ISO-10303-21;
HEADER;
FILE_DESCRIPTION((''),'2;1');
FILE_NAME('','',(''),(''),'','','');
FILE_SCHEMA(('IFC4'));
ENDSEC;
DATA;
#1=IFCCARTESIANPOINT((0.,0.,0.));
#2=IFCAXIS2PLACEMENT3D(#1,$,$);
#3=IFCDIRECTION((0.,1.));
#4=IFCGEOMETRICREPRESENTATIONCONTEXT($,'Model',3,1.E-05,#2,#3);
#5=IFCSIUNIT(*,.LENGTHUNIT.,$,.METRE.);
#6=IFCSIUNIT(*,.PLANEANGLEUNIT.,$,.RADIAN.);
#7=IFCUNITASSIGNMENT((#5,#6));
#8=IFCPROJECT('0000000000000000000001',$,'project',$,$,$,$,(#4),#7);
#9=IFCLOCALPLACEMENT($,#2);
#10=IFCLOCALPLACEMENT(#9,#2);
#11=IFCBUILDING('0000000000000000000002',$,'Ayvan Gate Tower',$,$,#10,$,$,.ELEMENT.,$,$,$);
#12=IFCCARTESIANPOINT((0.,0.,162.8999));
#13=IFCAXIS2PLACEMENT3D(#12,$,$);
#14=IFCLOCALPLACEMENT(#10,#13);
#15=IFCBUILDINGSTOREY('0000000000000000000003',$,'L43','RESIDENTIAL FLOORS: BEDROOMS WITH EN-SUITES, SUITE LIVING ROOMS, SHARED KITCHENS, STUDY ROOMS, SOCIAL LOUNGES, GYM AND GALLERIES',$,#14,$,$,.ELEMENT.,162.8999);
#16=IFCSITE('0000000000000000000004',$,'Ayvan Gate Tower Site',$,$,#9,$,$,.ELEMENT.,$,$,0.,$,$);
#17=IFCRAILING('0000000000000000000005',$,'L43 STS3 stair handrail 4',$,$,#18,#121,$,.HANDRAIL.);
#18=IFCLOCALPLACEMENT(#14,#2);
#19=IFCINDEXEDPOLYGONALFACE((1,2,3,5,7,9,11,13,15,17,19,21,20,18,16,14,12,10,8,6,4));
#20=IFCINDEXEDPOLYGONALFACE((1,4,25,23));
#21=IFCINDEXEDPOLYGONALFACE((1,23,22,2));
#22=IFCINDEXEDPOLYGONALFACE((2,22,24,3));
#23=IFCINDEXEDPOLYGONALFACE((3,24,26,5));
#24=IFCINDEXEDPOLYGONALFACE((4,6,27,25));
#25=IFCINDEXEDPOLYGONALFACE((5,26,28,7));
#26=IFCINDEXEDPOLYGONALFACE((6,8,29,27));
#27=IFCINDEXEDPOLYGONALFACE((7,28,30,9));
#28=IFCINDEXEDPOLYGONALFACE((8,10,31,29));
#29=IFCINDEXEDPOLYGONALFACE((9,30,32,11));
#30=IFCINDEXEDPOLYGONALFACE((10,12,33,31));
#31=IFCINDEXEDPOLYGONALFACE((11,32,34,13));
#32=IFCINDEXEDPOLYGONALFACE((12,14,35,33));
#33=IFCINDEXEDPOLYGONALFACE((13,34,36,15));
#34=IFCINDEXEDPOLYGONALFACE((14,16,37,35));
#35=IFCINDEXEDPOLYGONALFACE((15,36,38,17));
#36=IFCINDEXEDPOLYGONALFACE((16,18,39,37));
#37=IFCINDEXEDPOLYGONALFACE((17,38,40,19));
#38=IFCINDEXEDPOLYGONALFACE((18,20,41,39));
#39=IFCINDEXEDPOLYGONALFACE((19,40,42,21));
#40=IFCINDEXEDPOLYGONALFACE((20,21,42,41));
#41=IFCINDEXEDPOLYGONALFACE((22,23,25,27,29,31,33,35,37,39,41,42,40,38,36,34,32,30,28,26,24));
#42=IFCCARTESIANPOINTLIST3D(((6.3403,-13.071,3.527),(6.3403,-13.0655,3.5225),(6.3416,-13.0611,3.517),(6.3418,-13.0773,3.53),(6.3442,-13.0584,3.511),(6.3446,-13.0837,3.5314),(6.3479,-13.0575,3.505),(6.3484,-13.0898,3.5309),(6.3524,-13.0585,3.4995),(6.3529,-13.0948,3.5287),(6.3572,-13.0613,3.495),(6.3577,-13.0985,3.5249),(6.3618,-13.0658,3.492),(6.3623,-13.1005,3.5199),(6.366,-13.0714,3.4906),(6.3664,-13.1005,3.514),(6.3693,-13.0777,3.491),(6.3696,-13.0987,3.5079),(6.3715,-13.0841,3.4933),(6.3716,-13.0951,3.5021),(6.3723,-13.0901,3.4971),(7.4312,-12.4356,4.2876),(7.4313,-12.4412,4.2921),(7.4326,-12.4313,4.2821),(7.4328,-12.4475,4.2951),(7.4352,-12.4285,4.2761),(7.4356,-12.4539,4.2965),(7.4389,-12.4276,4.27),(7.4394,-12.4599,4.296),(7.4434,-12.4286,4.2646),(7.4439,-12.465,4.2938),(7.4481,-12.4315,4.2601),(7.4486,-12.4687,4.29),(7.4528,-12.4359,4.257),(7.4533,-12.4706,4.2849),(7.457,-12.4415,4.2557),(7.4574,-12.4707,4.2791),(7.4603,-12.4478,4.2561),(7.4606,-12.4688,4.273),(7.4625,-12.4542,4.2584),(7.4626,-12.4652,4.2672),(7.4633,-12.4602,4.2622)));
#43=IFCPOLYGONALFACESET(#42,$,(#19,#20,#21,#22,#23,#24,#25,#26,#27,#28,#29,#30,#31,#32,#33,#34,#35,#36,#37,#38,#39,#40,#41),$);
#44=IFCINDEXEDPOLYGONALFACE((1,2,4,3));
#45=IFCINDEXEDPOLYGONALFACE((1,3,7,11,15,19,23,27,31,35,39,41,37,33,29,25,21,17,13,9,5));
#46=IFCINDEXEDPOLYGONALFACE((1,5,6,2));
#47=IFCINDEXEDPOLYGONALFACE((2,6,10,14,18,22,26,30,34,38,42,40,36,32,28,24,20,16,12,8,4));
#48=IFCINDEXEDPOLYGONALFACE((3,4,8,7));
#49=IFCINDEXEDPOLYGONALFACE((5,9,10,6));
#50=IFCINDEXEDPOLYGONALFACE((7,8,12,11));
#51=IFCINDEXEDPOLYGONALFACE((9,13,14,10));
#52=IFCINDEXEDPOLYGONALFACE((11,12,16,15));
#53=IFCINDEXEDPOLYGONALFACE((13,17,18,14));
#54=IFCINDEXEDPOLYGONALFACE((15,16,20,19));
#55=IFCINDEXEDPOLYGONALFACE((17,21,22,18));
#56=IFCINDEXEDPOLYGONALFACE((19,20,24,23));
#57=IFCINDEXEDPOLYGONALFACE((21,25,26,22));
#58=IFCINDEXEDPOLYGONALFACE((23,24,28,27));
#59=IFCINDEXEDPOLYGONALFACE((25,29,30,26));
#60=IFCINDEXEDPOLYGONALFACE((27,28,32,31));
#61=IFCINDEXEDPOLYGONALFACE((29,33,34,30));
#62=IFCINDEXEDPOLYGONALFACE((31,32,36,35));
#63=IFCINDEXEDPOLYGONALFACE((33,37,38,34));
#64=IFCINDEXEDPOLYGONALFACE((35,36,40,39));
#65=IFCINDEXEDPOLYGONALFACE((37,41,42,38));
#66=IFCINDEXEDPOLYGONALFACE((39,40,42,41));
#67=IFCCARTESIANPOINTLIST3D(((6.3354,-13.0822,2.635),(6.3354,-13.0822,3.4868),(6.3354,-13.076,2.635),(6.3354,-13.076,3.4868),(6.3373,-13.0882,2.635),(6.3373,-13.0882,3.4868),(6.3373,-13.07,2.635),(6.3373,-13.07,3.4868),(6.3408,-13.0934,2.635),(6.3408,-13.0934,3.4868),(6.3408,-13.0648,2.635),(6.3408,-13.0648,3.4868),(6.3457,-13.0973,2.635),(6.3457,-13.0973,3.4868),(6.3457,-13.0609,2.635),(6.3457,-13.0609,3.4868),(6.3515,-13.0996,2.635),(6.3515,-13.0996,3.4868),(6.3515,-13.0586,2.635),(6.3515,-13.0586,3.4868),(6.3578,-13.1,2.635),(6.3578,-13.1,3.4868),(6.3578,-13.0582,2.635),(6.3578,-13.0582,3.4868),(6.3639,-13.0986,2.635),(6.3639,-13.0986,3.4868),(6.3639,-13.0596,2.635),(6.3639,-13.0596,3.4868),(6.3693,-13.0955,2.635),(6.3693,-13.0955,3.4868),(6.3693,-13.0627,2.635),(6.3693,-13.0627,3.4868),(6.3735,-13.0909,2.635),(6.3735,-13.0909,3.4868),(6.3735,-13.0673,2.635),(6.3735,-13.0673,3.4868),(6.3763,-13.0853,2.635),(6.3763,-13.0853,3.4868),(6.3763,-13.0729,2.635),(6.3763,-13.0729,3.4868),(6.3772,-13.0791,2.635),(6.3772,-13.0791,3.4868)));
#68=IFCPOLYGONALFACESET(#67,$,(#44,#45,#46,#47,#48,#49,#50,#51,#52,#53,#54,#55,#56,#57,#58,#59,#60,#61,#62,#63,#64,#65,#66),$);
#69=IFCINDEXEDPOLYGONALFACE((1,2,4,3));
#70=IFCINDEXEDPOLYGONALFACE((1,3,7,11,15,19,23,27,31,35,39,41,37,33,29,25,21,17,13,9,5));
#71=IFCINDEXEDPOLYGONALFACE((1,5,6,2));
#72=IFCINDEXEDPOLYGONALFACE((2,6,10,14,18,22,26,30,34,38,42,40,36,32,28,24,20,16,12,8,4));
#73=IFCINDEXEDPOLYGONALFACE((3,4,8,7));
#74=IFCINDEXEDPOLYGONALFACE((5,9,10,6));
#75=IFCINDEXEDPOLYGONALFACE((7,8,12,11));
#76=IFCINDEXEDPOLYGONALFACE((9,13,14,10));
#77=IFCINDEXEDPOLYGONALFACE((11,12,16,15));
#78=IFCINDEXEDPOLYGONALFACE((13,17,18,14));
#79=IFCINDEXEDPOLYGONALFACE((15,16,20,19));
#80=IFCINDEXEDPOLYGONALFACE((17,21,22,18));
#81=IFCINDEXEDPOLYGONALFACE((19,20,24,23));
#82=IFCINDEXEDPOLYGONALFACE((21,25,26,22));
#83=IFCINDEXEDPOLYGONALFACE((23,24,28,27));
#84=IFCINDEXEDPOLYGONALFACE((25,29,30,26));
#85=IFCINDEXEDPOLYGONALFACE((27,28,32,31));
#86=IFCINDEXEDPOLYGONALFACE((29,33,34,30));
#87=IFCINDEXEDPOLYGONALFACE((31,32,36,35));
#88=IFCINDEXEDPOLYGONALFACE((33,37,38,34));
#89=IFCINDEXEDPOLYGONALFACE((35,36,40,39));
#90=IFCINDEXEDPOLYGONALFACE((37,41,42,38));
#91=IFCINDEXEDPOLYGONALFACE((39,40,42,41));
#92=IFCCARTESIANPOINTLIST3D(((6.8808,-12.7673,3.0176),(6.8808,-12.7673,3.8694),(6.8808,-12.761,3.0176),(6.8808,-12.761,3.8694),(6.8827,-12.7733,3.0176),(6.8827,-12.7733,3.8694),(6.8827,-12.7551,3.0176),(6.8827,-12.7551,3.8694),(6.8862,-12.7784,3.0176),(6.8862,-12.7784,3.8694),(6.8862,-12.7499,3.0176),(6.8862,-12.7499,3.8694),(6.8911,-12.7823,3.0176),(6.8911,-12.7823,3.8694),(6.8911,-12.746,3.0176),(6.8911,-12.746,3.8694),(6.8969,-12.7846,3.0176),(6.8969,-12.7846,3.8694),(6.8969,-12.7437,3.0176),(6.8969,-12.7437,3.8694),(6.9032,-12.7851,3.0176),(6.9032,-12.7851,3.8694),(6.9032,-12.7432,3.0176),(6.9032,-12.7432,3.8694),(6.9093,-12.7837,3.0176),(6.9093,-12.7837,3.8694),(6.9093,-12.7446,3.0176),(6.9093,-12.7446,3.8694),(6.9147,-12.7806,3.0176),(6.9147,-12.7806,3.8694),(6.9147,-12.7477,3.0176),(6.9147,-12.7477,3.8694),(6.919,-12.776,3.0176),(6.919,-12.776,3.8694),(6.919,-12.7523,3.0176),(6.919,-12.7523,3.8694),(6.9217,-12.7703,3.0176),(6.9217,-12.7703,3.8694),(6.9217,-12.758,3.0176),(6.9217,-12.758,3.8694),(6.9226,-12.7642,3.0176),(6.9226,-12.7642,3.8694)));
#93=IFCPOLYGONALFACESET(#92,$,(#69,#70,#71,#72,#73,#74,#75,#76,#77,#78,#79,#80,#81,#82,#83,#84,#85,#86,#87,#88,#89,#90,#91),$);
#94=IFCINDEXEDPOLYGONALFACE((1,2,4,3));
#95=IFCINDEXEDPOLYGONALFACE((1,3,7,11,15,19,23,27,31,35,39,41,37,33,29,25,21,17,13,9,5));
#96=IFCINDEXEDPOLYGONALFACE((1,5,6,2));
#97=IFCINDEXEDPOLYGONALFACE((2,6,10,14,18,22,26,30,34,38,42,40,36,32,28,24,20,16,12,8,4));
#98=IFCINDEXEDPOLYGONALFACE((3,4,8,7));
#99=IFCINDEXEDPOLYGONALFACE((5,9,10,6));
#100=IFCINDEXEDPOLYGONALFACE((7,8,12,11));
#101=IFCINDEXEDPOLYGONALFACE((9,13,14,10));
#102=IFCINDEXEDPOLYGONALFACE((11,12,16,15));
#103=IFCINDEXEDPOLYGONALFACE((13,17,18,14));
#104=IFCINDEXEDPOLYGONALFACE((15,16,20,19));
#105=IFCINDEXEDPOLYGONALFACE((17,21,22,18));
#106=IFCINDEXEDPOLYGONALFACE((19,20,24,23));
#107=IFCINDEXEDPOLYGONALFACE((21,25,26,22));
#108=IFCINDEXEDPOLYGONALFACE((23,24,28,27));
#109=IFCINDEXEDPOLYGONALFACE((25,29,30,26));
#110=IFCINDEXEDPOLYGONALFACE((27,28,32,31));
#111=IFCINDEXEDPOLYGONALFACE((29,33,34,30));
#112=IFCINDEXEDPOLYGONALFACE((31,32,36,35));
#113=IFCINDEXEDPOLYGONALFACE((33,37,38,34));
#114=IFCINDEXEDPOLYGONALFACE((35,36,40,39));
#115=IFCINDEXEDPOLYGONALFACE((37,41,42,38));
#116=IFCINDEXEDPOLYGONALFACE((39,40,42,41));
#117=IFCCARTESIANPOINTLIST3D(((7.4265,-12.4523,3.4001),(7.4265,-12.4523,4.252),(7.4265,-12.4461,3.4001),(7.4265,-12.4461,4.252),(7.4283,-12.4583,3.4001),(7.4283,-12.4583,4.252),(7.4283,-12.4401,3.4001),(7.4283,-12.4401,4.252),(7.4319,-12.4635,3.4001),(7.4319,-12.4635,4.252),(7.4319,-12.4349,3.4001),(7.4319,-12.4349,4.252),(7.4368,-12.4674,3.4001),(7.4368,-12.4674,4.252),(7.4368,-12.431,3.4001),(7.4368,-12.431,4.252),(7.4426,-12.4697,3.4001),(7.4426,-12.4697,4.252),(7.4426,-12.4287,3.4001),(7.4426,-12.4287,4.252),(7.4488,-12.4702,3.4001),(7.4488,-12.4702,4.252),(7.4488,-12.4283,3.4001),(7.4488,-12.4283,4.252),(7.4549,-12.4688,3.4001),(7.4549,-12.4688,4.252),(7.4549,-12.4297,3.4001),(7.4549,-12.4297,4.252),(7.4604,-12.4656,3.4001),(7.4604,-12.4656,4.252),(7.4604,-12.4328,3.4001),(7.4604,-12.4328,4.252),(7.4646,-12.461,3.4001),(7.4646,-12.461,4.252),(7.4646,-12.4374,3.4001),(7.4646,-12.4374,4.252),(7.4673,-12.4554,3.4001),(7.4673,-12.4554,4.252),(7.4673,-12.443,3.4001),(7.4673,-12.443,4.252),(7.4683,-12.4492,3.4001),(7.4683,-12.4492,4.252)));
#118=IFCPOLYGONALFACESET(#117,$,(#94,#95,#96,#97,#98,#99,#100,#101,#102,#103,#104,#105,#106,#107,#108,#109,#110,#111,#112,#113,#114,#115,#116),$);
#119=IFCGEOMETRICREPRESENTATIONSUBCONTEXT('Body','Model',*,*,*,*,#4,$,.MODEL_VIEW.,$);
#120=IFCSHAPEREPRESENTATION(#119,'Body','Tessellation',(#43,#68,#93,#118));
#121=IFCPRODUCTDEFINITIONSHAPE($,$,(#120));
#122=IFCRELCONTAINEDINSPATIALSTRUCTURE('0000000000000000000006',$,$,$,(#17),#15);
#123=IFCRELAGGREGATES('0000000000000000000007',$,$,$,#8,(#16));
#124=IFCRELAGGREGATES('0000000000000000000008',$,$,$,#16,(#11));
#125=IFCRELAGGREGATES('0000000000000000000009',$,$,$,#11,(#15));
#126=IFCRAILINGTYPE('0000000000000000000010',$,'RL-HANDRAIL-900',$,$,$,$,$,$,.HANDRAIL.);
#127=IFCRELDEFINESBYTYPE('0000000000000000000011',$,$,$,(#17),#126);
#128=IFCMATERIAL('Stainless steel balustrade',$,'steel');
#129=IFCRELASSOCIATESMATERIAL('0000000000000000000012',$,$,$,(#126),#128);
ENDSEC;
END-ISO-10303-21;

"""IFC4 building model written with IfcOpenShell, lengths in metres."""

from ifc_helpers import new_model, si_unit, direction, frame, origin, origin_2d, place, context, subcontext, project, spatial, circle, extrude, material, type_object, element, save


model = new_model("IFC4")

# Units and contexts
model_context = context("Model", 3, precision=1e-05, world=origin(), true_north=direction((0.0, 1.0)))
body_context = subcontext(model_context, "Body", "Model", "MODEL_VIEW")
ifc_project = project(units=[si_unit("LENGTHUNIT", "METRE"), si_unit("PLANEANGLEUNIT", "RADIAN")], contexts=[model_context])

# Site, building, storey
site_placement = place(None, origin())
site = spatial("IfcSite", under=ifc_project, at=site_placement, Name="Ayvan Gate Tower Site", CompositionType="ELEMENT", RefElevation=0.0)
building_placement = place(site_placement, origin())
building = spatial("IfcBuilding", under=site, at=building_placement, Name="Ayvan Gate Tower", CompositionType="ELEMENT")
storey_placement = place(building_placement, frame((0.0, 0.0, 162.8999)))
storey = spatial("IfcBuildingStorey", under=building, at=storey_placement, Name="L43", Description="RESIDENTIAL FLOORS: BEDROOMS WITH EN-SUITES, SUITE LIVING ROOMS, SHARED KITCHENS, STUDY ROOMS, SOCIAL LOUNGES, GYM AND GALLERIES", CompositionType="ELEMENT", Elevation=162.8999)

# Railing
ifc_material_1 = material(Name="Stainless steel balustrade", Category="steel")
railing_type_1 = type_object("IfcRailingType", Name="RL-HANDRAIL-900", PredefinedType="HANDRAIL", material=ifc_material_1)
railing_1_placement = place(storey_placement, frame((6.3562, -13.0791, 2.635)))
element("IfcRailing", 1, at=railing_1_placement, inside=storey, type_object=railing_type_1, Name="L43 STS3 stair handrail 4", PredefinedType="HANDRAIL", context=body_context, shape_type="SweptSolid", body=[
    extrude(circle(Radius=0.0239, at=origin_2d()), frame((0.0, 0.0, 0.876), z_axis=(0.740218, 0.427336, 0.519097), x_axis=(-0.499974, 0.86604, 0.0)), (0.0, 0.0, 1.0), 1.4739),
    extrude(circle(Radius=0.021, at=origin_2d()), origin(), (0.0, 0.0, 1.0), 0.8518),
    extrude(circle(Radius=0.021, at=origin_2d()), frame((0.5454, 0.3149, 0.3826)), (0.0, 0.0, 1.0), 0.8518),
    extrude(circle(Radius=0.021, at=origin_2d()), frame((1.0911, 0.6299, 0.7651)), (0.0, 0.0, 1.0), 0.8518),
])

save(model, "model.ifc")
